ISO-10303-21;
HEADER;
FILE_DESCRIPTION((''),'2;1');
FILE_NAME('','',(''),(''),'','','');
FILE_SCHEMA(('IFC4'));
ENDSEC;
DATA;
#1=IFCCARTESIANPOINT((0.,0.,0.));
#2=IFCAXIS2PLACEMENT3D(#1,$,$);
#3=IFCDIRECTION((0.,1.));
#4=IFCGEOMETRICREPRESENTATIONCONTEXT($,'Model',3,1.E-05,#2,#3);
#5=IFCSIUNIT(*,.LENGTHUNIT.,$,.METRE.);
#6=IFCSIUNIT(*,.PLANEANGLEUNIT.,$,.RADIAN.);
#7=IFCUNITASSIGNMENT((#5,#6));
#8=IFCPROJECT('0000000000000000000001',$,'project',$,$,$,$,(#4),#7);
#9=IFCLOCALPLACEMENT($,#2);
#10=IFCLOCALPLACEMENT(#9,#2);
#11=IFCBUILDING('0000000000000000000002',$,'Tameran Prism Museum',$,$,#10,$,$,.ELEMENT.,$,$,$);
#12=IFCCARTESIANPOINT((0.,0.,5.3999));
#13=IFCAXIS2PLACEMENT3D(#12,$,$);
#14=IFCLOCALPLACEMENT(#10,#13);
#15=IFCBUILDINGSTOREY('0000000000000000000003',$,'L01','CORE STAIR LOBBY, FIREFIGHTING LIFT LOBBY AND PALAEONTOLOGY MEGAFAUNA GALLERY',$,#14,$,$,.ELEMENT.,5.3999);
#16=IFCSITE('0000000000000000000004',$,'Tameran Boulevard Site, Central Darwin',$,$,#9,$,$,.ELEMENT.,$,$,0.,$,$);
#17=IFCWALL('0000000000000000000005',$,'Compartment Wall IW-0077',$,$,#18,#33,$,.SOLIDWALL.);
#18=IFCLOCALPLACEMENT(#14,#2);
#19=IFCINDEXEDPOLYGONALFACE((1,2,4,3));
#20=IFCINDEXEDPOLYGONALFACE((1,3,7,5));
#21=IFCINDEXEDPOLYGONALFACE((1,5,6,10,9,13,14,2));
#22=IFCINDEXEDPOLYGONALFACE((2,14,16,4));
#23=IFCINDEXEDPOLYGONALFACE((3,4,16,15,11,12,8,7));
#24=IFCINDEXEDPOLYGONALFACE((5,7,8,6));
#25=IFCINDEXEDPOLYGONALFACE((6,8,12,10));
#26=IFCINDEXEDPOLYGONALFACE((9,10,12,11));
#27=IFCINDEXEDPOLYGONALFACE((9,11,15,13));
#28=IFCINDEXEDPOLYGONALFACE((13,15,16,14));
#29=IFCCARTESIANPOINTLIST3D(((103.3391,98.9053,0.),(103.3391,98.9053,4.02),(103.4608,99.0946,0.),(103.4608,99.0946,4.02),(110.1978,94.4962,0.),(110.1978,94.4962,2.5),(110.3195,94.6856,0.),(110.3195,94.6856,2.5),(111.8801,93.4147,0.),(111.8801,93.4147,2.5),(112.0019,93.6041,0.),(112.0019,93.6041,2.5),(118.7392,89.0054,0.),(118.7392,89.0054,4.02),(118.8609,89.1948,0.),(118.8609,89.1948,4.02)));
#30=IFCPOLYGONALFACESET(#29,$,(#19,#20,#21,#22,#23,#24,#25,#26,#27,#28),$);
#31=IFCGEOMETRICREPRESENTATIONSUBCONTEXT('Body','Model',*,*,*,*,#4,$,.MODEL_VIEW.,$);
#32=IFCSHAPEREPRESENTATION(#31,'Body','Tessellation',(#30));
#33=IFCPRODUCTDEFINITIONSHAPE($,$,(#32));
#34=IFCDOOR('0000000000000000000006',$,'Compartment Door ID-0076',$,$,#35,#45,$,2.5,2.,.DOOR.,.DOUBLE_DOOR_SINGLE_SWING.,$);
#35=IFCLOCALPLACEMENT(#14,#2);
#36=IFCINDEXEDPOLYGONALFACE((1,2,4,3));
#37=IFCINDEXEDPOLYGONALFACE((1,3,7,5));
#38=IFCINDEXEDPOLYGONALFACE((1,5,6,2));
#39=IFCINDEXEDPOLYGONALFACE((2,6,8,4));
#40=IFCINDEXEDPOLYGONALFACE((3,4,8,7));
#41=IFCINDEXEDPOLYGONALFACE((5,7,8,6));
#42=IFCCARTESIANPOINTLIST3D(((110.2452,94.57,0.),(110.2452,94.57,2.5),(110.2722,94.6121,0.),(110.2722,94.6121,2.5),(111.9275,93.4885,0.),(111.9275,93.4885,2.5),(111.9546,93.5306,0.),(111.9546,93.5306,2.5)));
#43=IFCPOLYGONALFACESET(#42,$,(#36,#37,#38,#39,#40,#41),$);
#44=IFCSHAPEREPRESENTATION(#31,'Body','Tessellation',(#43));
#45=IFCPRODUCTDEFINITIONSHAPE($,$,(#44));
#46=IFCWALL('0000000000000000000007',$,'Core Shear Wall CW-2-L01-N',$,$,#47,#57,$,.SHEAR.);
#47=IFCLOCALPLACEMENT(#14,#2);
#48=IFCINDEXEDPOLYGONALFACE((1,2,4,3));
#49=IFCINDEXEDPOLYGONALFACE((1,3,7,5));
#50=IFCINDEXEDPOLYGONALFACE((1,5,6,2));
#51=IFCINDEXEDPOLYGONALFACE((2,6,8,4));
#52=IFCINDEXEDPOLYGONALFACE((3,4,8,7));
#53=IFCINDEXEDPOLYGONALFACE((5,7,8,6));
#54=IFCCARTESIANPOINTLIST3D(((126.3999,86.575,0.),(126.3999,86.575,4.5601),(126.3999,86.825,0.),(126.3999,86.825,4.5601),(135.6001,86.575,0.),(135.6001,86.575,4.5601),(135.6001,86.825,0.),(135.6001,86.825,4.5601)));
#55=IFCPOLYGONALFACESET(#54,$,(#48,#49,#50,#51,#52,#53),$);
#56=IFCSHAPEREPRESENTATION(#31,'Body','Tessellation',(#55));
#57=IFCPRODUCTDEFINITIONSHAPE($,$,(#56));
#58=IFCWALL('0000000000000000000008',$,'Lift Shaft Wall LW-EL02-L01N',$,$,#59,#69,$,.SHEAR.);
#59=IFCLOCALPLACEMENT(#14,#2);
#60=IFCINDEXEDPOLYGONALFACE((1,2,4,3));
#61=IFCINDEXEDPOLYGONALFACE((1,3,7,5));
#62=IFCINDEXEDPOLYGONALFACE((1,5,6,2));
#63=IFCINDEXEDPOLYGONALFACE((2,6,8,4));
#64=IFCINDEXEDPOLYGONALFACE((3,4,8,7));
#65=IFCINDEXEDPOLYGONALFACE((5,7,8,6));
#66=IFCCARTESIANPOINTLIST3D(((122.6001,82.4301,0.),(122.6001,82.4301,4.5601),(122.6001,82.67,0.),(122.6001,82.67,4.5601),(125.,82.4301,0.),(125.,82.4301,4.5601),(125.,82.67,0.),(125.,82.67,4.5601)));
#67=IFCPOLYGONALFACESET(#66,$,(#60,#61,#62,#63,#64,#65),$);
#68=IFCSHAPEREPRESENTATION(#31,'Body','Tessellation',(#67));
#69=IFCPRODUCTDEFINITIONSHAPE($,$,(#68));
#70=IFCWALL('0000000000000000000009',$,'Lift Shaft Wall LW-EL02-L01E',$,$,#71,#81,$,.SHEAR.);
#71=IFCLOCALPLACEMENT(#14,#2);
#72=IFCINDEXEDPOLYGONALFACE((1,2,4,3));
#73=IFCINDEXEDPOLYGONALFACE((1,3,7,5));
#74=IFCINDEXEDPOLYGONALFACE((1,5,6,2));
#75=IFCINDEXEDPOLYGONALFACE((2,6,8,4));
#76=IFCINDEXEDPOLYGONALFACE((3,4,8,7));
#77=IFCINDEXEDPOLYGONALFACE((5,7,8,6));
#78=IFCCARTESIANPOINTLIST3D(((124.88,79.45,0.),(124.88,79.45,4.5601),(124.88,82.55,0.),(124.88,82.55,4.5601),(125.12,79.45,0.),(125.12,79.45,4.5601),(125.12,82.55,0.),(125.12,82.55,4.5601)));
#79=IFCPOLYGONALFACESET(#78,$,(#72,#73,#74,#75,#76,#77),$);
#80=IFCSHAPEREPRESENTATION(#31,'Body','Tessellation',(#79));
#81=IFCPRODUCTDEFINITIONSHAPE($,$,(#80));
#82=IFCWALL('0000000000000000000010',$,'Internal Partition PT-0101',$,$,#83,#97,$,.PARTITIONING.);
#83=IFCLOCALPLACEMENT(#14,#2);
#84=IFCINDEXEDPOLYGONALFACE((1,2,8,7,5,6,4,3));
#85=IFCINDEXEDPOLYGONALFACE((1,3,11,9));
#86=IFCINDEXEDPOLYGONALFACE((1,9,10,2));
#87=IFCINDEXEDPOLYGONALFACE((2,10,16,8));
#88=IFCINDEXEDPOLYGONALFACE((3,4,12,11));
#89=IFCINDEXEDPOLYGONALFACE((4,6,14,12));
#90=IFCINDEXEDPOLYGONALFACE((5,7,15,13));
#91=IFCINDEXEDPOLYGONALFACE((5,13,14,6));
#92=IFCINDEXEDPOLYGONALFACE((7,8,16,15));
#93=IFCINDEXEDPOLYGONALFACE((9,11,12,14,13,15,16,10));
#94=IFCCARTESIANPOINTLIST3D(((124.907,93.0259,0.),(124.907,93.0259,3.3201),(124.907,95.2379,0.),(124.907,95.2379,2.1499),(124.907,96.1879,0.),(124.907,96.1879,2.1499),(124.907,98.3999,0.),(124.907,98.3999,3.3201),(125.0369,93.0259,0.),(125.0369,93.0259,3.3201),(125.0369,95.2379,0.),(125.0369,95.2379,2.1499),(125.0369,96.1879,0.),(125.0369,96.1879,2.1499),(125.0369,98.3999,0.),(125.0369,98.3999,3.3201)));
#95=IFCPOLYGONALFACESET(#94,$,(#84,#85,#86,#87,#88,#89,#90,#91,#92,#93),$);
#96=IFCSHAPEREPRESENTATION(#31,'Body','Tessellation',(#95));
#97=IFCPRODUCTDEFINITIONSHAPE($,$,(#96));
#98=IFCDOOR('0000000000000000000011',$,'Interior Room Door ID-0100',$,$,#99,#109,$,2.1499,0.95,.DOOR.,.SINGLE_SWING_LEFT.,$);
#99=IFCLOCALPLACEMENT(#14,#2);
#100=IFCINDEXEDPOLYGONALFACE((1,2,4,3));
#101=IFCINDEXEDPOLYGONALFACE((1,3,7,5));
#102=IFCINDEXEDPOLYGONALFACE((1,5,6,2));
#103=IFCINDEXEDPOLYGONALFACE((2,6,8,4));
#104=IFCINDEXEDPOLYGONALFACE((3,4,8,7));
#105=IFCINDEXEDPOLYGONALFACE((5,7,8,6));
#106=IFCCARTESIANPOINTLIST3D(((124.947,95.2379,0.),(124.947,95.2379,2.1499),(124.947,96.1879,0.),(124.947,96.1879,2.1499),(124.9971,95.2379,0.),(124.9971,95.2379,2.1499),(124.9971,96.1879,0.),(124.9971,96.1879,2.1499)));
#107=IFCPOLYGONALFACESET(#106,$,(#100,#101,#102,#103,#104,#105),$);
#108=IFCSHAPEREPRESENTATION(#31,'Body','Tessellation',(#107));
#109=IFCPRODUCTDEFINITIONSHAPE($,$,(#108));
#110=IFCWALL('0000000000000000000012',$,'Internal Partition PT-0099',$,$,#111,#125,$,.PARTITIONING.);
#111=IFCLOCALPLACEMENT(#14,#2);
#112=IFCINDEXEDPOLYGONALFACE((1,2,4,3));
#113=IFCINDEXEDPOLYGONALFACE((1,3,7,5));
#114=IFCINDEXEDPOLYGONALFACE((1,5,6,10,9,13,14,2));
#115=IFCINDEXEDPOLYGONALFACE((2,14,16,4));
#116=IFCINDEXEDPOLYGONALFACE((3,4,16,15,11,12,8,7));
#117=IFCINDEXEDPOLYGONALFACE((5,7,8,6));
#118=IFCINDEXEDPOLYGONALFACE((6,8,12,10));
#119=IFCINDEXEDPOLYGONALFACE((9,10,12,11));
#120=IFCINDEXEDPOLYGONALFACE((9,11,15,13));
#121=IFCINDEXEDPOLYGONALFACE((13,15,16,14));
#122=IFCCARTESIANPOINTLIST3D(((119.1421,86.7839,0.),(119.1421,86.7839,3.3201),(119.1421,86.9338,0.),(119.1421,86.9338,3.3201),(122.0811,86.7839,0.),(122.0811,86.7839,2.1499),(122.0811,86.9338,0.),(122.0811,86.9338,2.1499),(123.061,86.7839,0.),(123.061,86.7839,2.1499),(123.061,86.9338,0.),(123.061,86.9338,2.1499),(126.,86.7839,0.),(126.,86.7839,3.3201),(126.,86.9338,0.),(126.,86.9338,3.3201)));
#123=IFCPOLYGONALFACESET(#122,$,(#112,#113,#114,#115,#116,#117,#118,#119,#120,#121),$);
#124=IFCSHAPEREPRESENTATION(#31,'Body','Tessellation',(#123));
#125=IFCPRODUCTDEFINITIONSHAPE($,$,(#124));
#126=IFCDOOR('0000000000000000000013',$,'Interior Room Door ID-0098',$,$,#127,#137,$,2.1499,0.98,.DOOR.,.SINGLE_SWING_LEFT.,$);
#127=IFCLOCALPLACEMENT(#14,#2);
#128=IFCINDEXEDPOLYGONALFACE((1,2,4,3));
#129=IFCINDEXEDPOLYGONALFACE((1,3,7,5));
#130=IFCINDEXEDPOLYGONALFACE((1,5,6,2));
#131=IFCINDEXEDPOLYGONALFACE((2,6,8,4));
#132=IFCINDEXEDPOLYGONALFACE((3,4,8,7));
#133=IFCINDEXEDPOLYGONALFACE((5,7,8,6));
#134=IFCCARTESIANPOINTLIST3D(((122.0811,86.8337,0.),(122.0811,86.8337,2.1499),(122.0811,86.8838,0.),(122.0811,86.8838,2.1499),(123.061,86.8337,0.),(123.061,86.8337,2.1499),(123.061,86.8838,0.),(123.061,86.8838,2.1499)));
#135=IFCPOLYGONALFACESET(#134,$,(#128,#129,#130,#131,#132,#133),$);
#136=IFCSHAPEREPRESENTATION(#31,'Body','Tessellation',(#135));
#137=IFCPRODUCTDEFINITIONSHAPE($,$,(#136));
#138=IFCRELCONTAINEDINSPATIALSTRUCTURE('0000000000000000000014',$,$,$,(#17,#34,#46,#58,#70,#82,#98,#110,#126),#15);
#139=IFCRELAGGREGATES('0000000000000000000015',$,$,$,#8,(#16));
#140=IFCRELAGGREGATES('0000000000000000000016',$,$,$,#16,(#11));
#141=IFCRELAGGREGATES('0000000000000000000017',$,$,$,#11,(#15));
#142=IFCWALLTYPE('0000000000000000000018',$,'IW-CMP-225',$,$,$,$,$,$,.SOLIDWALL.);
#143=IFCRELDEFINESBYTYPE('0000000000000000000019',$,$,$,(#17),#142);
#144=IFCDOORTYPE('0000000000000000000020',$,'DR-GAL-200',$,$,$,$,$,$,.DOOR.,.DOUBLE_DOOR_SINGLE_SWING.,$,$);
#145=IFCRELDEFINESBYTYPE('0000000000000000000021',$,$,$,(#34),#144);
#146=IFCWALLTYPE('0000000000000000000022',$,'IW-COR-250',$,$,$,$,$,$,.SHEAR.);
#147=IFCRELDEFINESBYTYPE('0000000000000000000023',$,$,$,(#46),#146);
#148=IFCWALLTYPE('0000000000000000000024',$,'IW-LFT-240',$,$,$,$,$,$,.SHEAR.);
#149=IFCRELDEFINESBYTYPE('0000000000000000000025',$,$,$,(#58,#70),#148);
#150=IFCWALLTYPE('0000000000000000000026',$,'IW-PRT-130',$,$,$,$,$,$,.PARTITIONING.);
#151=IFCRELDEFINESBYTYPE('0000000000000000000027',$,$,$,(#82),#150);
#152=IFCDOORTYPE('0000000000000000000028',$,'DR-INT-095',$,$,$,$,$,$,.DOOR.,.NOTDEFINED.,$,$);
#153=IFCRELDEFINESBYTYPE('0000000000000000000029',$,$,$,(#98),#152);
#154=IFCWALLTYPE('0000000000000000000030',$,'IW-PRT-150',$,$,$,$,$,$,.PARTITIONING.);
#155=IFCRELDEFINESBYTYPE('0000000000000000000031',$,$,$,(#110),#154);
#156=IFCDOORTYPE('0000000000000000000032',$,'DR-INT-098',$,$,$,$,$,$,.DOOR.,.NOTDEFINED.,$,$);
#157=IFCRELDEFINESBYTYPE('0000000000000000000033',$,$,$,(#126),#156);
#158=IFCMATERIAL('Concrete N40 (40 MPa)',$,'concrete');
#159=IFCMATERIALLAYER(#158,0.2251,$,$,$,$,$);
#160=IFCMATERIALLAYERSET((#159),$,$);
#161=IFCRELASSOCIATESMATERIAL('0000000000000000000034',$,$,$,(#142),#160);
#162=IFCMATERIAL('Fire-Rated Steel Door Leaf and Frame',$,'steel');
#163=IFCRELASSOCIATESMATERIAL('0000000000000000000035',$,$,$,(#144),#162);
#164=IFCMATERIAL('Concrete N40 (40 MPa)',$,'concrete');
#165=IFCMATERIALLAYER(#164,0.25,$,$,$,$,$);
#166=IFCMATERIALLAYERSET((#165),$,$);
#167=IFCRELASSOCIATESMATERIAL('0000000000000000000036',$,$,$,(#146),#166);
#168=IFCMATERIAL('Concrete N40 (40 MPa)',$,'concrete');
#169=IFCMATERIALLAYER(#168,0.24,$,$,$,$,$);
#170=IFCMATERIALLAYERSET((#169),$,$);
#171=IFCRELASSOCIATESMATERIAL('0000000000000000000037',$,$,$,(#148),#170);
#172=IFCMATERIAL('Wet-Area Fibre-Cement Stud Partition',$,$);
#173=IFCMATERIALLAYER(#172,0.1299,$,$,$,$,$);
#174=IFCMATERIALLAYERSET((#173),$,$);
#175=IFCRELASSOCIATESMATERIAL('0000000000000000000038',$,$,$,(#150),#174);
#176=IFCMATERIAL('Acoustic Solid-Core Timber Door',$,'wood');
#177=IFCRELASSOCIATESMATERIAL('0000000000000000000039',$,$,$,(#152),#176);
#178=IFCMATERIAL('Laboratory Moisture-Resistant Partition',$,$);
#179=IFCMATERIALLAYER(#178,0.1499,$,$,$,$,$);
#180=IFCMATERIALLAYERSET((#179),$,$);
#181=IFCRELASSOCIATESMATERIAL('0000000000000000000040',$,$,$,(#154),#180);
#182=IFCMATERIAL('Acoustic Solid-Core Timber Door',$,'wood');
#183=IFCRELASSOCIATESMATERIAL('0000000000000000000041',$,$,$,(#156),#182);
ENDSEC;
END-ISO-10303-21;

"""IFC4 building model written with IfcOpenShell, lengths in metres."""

from ifc_helpers import new_model, si_unit, direction, frame, frame_2d, origin, place, context, subcontext, project, spatial, rectangle, extrude, material, layer, layer_set, type_object, element, fill, save


model = new_model("IFC4")

# Units and contexts
model_context = context("Model", 3, precision=1e-05, world=origin(), true_north=direction((0.0, 1.0)))
body_context = subcontext(model_context, "Body", "Model", "MODEL_VIEW")
ifc_project = project(units=[si_unit("LENGTHUNIT", "METRE"), si_unit("PLANEANGLEUNIT", "RADIAN")], contexts=[model_context])

# Site, building, storey
site_placement = place(None, origin())
site = spatial("IfcSite", under=ifc_project, at=site_placement, Name="Tameran Boulevard Site, Central Darwin", CompositionType="ELEMENT", RefElevation=0.0)
building_placement = place(site_placement, origin())
building = spatial("IfcBuilding", under=site, at=building_placement, Name="Tameran Prism Museum", CompositionType="ELEMENT")
storey_placement = place(building_placement, frame((0.0, 0.0, 5.3999)))
storey = spatial("IfcBuildingStorey", under=building, at=storey_placement, Name="L01", Description="CORE STAIR LOBBY, FIREFIGHTING LIFT LOBBY AND PALAEONTOLOGY MEGAFAUNA GALLERY", CompositionType="ELEMENT", Elevation=5.3999)

# Wall, opening, door
ifc_material_1 = material(Name="Concrete N40 (40 MPa)", Category="concrete")
ifc_layer_1 = layer(ifc_material_1, 0.2251)
ifc_layer_set_1 = layer_set([ifc_layer_1])
wall_type_1 = type_object("IfcWallType", Name="IW-CMP-225", PredefinedType="SOLIDWALL", material=ifc_layer_set_1)
wall_1_placement = place(storey_placement, frame((118.8, 89.1001, 0.0), z_axis=(0.0, 0.0, 1.0), x_axis=(-0.841183, 0.54075, 0.0)))
wall_1 = element("IfcWall", 1, at=wall_1_placement, inside=storey, type_object=wall_type_1, Name="Compartment Wall IW-0077", PredefinedType="SOLIDWALL", context=body_context, shape_type="SweptSolid", body=[
    extrude(rectangle(XDim=18.3076, YDim=0.2251, at=frame_2d((9.1538, 0.0))), origin(), (0.0, 0.0, 1.0), 4.02),
])
opening_1_placement = place(wall_1_placement, frame((8.1541, 0.0, 0.0)))
opening_1 = element("IfcOpeningElement", 2, at=opening_1_placement, cuts=wall_1, PredefinedType="OPENING", context=body_context, shape_type="SweptSolid", body=[
    extrude(rectangle(XDim=2.0, YDim=2.5, at=frame_2d((1.0, 1.25))), frame((0.0, 0.1226, 0.0), z_axis=(0.0, -1.0, 0.0), x_axis=(1.0, 0.0, 0.0)), (0.0, 0.0, 1.0), 0.2451),
])
ifc_material_2 = material(Name="Fire-Rated Steel Door Leaf and Frame", Category="steel")
door_type_1 = type_object("IfcDoorType", Name="DR-GAL-200", OperationType="DOUBLE_DOOR_SINGLE_SWING", PredefinedType="DOOR", material=ifc_material_2)
door_1_placement = place(opening_1_placement, origin())
door_1 = element("IfcDoor", 3, at=door_1_placement, inside=storey, type_object=door_type_1, Name="Compartment Door ID-0076", OperationType="DOUBLE_DOOR_SINGLE_SWING", OverallHeight=2.5, OverallWidth=2.0, PredefinedType="DOOR", context=body_context, shape_type="SweptSolid", body=[
    extrude(rectangle(XDim=2.0, YDim=2.5, at=frame_2d((1.0, 1.25))), frame((0.0, 0.0249, 0.0), z_axis=(0.0, -1.0, 0.0), x_axis=(1.0, 0.0, 0.0)), (0.0, 0.0, 1.0), 0.05),
])
fill(opening_1, door_1)

# Walls
ifc_material_3 = material(Name="Concrete N40 (40 MPa)", Category="concrete")
ifc_layer_2 = layer(ifc_material_3, 0.25)
ifc_layer_set_2 = layer_set([ifc_layer_2])
wall_type_2 = type_object("IfcWallType", Name="IW-COR-250", PredefinedType="SHEAR", material=ifc_layer_set_2)
wall_2_placement = place(storey_placement, frame((126.3999, 86.7, 0.0), z_axis=(0.0, 0.0, 1.0), x_axis=(1.0, 0.0, 0.0)))
element("IfcWall", 4, at=wall_2_placement, inside=storey, type_object=wall_type_2, Name="Core Shear Wall CW-2-L01-N", PredefinedType="SHEAR", context=body_context, shape_type="SweptSolid", body=[
    extrude(rectangle(XDim=9.2002, YDim=0.25, at=frame_2d((4.6001, 0.0))), origin(), (0.0, 0.0, 1.0), 4.5601),
])
ifc_material_4 = material(Name="Concrete N40 (40 MPa)", Category="concrete")
ifc_layer_3 = layer(ifc_material_4, 0.24)
ifc_layer_set_3 = layer_set([ifc_layer_3])
wall_type_3 = type_object("IfcWallType", Name="IW-LFT-240", PredefinedType="SHEAR", material=ifc_layer_set_3)
wall_3_placement = place(storey_placement, frame((122.6001, 82.55, 0.0), z_axis=(0.0, 0.0, 1.0), x_axis=(1.0, 0.0, 0.0)))
element("IfcWall", 5, at=wall_3_placement, inside=storey, type_object=wall_type_3, Name="Lift Shaft Wall LW-EL02-L01N", PredefinedType="SHEAR", context=body_context, shape_type="SweptSolid", body=[
    extrude(rectangle(XDim=2.3999, YDim=0.24, at=frame_2d((1.2, 0.0))), origin(), (0.0, 0.0, 1.0), 4.5601),
])
wall_4_placement = place(storey_placement, frame((125.0, 82.55, 0.0), z_axis=(0.0, 0.0, 1.0), x_axis=(0.0, -1.0, 0.0)))
element("IfcWall", 6, at=wall_4_placement, inside=storey, type_object=wall_type_3, Name="Lift Shaft Wall LW-EL02-L01E", PredefinedType="SHEAR", context=body_context, shape_type="SweptSolid", body=[
    extrude(rectangle(XDim=3.1001, YDim=0.24, at=frame_2d((1.55, 0.0))), origin(), (0.0, 0.0, 1.0), 4.5601),
])

# Walls, openings, doors
ifc_material_5 = material(Name="Wet-Area Fibre-Cement Stud Partition")
ifc_layer_4 = layer(ifc_material_5, 0.1299)
ifc_layer_set_4 = layer_set([ifc_layer_4])
wall_type_4 = type_object("IfcWallType", Name="IW-PRT-130", PredefinedType="PARTITIONING", material=ifc_layer_set_4)
wall_5_placement = place(storey_placement, frame((124.9719, 93.0259, 0.0), z_axis=(0.0, 0.0, 1.0), x_axis=(0.0, 1.0, 0.0)))
wall_5 = element("IfcWall", 7, at=wall_5_placement, inside=storey, type_object=wall_type_4, Name="Internal Partition PT-0101", PredefinedType="PARTITIONING", context=body_context, shape_type="SweptSolid", body=[
    extrude(rectangle(XDim=5.374, YDim=0.1299, at=frame_2d((2.687, 0.0))), origin(), (0.0, 0.0, 1.0), 3.3201),
])
opening_2_placement = place(wall_5_placement, frame((2.2119, 0.0, 0.0)))
opening_2 = element("IfcOpeningElement", 8, at=opening_2_placement, cuts=wall_5, PredefinedType="OPENING", context=body_context, shape_type="SweptSolid", body=[
    extrude(rectangle(XDim=0.95, YDim=2.1499, at=frame_2d((0.4751, 1.075))), frame((0.0, 0.075, 0.0), z_axis=(0.0, -1.0, 0.0), x_axis=(1.0, 0.0, 0.0)), (0.0, 0.0, 1.0), 0.1499),
])
ifc_material_6 = material(Name="Acoustic Solid-Core Timber Door", Category="wood")
door_type_2 = type_object("IfcDoorType", Name="DR-INT-095", OperationType="NOTDEFINED", PredefinedType="DOOR", material=ifc_material_6)
door_2_placement = place(opening_2_placement, origin())
door_2 = element("IfcDoor", 9, at=door_2_placement, inside=storey, type_object=door_type_2, Name="Interior Room Door ID-0100", OperationType="SINGLE_SWING_LEFT", OverallHeight=2.1499, OverallWidth=0.95, PredefinedType="DOOR", context=body_context, shape_type="SweptSolid", body=[
    extrude(rectangle(XDim=0.95, YDim=2.1499, at=frame_2d((0.4751, 1.075))), frame((0.0, 0.0249, 0.0), z_axis=(0.0, -1.0, 0.0), x_axis=(1.0, 0.0, 0.0)), (0.0, 0.0, 1.0), 0.05),
])
fill(opening_2, door_2)
ifc_material_7 = material(Name="Laboratory Moisture-Resistant Partition")
ifc_layer_5 = layer(ifc_material_7, 0.1499)
ifc_layer_set_5 = layer_set([ifc_layer_5])
wall_type_5 = type_object("IfcWallType", Name="IW-PRT-150", PredefinedType="PARTITIONING", material=ifc_layer_set_5)
wall_6_placement = place(storey_placement, frame((119.1421, 86.8589, 0.0), z_axis=(0.0, 0.0, 1.0), x_axis=(1.0, 0.0, 0.0)))
wall_6 = element("IfcWall", 10, at=wall_6_placement, inside=storey, type_object=wall_type_5, Name="Internal Partition PT-0099", PredefinedType="PARTITIONING", context=body_context, shape_type="SweptSolid", body=[
    extrude(rectangle(XDim=6.8579, YDim=0.1499, at=frame_2d((3.429, 0.0))), origin(), (0.0, 0.0, 1.0), 3.3201),
])
opening_3_placement = place(wall_6_placement, frame((2.939, 0.0, 0.0)))
opening_3 = element("IfcOpeningElement", 11, at=opening_3_placement, cuts=wall_6, PredefinedType="OPENING", context=body_context, shape_type="SweptSolid", body=[
    extrude(rectangle(XDim=0.98, YDim=2.1499, at=frame_2d((0.49, 1.075))), frame((0.0, 0.085, 0.0), z_axis=(0.0, -1.0, 0.0), x_axis=(1.0, 0.0, 0.0)), (0.0, 0.0, 1.0), 0.1699),
])
ifc_material_8 = material(Name="Acoustic Solid-Core Timber Door", Category="wood")
door_type_3 = type_object("IfcDoorType", Name="DR-INT-098", OperationType="NOTDEFINED", PredefinedType="DOOR", material=ifc_material_8)
door_3_placement = place(opening_3_placement, origin())
door_3 = element("IfcDoor", 12, at=door_3_placement, inside=storey, type_object=door_type_3, Name="Interior Room Door ID-0098", OperationType="SINGLE_SWING_LEFT", OverallHeight=2.1499, OverallWidth=0.98, PredefinedType="DOOR", context=body_context, shape_type="SweptSolid", body=[
    extrude(rectangle(XDim=0.98, YDim=2.1499, at=frame_2d((0.49, 1.075))), frame((0.0, 0.0249, 0.0), z_axis=(0.0, -1.0, 0.0), x_axis=(1.0, 0.0, 0.0)), (0.0, 0.0, 1.0), 0.05),
])
fill(opening_3, door_3)

save(model, "model.ifc")
